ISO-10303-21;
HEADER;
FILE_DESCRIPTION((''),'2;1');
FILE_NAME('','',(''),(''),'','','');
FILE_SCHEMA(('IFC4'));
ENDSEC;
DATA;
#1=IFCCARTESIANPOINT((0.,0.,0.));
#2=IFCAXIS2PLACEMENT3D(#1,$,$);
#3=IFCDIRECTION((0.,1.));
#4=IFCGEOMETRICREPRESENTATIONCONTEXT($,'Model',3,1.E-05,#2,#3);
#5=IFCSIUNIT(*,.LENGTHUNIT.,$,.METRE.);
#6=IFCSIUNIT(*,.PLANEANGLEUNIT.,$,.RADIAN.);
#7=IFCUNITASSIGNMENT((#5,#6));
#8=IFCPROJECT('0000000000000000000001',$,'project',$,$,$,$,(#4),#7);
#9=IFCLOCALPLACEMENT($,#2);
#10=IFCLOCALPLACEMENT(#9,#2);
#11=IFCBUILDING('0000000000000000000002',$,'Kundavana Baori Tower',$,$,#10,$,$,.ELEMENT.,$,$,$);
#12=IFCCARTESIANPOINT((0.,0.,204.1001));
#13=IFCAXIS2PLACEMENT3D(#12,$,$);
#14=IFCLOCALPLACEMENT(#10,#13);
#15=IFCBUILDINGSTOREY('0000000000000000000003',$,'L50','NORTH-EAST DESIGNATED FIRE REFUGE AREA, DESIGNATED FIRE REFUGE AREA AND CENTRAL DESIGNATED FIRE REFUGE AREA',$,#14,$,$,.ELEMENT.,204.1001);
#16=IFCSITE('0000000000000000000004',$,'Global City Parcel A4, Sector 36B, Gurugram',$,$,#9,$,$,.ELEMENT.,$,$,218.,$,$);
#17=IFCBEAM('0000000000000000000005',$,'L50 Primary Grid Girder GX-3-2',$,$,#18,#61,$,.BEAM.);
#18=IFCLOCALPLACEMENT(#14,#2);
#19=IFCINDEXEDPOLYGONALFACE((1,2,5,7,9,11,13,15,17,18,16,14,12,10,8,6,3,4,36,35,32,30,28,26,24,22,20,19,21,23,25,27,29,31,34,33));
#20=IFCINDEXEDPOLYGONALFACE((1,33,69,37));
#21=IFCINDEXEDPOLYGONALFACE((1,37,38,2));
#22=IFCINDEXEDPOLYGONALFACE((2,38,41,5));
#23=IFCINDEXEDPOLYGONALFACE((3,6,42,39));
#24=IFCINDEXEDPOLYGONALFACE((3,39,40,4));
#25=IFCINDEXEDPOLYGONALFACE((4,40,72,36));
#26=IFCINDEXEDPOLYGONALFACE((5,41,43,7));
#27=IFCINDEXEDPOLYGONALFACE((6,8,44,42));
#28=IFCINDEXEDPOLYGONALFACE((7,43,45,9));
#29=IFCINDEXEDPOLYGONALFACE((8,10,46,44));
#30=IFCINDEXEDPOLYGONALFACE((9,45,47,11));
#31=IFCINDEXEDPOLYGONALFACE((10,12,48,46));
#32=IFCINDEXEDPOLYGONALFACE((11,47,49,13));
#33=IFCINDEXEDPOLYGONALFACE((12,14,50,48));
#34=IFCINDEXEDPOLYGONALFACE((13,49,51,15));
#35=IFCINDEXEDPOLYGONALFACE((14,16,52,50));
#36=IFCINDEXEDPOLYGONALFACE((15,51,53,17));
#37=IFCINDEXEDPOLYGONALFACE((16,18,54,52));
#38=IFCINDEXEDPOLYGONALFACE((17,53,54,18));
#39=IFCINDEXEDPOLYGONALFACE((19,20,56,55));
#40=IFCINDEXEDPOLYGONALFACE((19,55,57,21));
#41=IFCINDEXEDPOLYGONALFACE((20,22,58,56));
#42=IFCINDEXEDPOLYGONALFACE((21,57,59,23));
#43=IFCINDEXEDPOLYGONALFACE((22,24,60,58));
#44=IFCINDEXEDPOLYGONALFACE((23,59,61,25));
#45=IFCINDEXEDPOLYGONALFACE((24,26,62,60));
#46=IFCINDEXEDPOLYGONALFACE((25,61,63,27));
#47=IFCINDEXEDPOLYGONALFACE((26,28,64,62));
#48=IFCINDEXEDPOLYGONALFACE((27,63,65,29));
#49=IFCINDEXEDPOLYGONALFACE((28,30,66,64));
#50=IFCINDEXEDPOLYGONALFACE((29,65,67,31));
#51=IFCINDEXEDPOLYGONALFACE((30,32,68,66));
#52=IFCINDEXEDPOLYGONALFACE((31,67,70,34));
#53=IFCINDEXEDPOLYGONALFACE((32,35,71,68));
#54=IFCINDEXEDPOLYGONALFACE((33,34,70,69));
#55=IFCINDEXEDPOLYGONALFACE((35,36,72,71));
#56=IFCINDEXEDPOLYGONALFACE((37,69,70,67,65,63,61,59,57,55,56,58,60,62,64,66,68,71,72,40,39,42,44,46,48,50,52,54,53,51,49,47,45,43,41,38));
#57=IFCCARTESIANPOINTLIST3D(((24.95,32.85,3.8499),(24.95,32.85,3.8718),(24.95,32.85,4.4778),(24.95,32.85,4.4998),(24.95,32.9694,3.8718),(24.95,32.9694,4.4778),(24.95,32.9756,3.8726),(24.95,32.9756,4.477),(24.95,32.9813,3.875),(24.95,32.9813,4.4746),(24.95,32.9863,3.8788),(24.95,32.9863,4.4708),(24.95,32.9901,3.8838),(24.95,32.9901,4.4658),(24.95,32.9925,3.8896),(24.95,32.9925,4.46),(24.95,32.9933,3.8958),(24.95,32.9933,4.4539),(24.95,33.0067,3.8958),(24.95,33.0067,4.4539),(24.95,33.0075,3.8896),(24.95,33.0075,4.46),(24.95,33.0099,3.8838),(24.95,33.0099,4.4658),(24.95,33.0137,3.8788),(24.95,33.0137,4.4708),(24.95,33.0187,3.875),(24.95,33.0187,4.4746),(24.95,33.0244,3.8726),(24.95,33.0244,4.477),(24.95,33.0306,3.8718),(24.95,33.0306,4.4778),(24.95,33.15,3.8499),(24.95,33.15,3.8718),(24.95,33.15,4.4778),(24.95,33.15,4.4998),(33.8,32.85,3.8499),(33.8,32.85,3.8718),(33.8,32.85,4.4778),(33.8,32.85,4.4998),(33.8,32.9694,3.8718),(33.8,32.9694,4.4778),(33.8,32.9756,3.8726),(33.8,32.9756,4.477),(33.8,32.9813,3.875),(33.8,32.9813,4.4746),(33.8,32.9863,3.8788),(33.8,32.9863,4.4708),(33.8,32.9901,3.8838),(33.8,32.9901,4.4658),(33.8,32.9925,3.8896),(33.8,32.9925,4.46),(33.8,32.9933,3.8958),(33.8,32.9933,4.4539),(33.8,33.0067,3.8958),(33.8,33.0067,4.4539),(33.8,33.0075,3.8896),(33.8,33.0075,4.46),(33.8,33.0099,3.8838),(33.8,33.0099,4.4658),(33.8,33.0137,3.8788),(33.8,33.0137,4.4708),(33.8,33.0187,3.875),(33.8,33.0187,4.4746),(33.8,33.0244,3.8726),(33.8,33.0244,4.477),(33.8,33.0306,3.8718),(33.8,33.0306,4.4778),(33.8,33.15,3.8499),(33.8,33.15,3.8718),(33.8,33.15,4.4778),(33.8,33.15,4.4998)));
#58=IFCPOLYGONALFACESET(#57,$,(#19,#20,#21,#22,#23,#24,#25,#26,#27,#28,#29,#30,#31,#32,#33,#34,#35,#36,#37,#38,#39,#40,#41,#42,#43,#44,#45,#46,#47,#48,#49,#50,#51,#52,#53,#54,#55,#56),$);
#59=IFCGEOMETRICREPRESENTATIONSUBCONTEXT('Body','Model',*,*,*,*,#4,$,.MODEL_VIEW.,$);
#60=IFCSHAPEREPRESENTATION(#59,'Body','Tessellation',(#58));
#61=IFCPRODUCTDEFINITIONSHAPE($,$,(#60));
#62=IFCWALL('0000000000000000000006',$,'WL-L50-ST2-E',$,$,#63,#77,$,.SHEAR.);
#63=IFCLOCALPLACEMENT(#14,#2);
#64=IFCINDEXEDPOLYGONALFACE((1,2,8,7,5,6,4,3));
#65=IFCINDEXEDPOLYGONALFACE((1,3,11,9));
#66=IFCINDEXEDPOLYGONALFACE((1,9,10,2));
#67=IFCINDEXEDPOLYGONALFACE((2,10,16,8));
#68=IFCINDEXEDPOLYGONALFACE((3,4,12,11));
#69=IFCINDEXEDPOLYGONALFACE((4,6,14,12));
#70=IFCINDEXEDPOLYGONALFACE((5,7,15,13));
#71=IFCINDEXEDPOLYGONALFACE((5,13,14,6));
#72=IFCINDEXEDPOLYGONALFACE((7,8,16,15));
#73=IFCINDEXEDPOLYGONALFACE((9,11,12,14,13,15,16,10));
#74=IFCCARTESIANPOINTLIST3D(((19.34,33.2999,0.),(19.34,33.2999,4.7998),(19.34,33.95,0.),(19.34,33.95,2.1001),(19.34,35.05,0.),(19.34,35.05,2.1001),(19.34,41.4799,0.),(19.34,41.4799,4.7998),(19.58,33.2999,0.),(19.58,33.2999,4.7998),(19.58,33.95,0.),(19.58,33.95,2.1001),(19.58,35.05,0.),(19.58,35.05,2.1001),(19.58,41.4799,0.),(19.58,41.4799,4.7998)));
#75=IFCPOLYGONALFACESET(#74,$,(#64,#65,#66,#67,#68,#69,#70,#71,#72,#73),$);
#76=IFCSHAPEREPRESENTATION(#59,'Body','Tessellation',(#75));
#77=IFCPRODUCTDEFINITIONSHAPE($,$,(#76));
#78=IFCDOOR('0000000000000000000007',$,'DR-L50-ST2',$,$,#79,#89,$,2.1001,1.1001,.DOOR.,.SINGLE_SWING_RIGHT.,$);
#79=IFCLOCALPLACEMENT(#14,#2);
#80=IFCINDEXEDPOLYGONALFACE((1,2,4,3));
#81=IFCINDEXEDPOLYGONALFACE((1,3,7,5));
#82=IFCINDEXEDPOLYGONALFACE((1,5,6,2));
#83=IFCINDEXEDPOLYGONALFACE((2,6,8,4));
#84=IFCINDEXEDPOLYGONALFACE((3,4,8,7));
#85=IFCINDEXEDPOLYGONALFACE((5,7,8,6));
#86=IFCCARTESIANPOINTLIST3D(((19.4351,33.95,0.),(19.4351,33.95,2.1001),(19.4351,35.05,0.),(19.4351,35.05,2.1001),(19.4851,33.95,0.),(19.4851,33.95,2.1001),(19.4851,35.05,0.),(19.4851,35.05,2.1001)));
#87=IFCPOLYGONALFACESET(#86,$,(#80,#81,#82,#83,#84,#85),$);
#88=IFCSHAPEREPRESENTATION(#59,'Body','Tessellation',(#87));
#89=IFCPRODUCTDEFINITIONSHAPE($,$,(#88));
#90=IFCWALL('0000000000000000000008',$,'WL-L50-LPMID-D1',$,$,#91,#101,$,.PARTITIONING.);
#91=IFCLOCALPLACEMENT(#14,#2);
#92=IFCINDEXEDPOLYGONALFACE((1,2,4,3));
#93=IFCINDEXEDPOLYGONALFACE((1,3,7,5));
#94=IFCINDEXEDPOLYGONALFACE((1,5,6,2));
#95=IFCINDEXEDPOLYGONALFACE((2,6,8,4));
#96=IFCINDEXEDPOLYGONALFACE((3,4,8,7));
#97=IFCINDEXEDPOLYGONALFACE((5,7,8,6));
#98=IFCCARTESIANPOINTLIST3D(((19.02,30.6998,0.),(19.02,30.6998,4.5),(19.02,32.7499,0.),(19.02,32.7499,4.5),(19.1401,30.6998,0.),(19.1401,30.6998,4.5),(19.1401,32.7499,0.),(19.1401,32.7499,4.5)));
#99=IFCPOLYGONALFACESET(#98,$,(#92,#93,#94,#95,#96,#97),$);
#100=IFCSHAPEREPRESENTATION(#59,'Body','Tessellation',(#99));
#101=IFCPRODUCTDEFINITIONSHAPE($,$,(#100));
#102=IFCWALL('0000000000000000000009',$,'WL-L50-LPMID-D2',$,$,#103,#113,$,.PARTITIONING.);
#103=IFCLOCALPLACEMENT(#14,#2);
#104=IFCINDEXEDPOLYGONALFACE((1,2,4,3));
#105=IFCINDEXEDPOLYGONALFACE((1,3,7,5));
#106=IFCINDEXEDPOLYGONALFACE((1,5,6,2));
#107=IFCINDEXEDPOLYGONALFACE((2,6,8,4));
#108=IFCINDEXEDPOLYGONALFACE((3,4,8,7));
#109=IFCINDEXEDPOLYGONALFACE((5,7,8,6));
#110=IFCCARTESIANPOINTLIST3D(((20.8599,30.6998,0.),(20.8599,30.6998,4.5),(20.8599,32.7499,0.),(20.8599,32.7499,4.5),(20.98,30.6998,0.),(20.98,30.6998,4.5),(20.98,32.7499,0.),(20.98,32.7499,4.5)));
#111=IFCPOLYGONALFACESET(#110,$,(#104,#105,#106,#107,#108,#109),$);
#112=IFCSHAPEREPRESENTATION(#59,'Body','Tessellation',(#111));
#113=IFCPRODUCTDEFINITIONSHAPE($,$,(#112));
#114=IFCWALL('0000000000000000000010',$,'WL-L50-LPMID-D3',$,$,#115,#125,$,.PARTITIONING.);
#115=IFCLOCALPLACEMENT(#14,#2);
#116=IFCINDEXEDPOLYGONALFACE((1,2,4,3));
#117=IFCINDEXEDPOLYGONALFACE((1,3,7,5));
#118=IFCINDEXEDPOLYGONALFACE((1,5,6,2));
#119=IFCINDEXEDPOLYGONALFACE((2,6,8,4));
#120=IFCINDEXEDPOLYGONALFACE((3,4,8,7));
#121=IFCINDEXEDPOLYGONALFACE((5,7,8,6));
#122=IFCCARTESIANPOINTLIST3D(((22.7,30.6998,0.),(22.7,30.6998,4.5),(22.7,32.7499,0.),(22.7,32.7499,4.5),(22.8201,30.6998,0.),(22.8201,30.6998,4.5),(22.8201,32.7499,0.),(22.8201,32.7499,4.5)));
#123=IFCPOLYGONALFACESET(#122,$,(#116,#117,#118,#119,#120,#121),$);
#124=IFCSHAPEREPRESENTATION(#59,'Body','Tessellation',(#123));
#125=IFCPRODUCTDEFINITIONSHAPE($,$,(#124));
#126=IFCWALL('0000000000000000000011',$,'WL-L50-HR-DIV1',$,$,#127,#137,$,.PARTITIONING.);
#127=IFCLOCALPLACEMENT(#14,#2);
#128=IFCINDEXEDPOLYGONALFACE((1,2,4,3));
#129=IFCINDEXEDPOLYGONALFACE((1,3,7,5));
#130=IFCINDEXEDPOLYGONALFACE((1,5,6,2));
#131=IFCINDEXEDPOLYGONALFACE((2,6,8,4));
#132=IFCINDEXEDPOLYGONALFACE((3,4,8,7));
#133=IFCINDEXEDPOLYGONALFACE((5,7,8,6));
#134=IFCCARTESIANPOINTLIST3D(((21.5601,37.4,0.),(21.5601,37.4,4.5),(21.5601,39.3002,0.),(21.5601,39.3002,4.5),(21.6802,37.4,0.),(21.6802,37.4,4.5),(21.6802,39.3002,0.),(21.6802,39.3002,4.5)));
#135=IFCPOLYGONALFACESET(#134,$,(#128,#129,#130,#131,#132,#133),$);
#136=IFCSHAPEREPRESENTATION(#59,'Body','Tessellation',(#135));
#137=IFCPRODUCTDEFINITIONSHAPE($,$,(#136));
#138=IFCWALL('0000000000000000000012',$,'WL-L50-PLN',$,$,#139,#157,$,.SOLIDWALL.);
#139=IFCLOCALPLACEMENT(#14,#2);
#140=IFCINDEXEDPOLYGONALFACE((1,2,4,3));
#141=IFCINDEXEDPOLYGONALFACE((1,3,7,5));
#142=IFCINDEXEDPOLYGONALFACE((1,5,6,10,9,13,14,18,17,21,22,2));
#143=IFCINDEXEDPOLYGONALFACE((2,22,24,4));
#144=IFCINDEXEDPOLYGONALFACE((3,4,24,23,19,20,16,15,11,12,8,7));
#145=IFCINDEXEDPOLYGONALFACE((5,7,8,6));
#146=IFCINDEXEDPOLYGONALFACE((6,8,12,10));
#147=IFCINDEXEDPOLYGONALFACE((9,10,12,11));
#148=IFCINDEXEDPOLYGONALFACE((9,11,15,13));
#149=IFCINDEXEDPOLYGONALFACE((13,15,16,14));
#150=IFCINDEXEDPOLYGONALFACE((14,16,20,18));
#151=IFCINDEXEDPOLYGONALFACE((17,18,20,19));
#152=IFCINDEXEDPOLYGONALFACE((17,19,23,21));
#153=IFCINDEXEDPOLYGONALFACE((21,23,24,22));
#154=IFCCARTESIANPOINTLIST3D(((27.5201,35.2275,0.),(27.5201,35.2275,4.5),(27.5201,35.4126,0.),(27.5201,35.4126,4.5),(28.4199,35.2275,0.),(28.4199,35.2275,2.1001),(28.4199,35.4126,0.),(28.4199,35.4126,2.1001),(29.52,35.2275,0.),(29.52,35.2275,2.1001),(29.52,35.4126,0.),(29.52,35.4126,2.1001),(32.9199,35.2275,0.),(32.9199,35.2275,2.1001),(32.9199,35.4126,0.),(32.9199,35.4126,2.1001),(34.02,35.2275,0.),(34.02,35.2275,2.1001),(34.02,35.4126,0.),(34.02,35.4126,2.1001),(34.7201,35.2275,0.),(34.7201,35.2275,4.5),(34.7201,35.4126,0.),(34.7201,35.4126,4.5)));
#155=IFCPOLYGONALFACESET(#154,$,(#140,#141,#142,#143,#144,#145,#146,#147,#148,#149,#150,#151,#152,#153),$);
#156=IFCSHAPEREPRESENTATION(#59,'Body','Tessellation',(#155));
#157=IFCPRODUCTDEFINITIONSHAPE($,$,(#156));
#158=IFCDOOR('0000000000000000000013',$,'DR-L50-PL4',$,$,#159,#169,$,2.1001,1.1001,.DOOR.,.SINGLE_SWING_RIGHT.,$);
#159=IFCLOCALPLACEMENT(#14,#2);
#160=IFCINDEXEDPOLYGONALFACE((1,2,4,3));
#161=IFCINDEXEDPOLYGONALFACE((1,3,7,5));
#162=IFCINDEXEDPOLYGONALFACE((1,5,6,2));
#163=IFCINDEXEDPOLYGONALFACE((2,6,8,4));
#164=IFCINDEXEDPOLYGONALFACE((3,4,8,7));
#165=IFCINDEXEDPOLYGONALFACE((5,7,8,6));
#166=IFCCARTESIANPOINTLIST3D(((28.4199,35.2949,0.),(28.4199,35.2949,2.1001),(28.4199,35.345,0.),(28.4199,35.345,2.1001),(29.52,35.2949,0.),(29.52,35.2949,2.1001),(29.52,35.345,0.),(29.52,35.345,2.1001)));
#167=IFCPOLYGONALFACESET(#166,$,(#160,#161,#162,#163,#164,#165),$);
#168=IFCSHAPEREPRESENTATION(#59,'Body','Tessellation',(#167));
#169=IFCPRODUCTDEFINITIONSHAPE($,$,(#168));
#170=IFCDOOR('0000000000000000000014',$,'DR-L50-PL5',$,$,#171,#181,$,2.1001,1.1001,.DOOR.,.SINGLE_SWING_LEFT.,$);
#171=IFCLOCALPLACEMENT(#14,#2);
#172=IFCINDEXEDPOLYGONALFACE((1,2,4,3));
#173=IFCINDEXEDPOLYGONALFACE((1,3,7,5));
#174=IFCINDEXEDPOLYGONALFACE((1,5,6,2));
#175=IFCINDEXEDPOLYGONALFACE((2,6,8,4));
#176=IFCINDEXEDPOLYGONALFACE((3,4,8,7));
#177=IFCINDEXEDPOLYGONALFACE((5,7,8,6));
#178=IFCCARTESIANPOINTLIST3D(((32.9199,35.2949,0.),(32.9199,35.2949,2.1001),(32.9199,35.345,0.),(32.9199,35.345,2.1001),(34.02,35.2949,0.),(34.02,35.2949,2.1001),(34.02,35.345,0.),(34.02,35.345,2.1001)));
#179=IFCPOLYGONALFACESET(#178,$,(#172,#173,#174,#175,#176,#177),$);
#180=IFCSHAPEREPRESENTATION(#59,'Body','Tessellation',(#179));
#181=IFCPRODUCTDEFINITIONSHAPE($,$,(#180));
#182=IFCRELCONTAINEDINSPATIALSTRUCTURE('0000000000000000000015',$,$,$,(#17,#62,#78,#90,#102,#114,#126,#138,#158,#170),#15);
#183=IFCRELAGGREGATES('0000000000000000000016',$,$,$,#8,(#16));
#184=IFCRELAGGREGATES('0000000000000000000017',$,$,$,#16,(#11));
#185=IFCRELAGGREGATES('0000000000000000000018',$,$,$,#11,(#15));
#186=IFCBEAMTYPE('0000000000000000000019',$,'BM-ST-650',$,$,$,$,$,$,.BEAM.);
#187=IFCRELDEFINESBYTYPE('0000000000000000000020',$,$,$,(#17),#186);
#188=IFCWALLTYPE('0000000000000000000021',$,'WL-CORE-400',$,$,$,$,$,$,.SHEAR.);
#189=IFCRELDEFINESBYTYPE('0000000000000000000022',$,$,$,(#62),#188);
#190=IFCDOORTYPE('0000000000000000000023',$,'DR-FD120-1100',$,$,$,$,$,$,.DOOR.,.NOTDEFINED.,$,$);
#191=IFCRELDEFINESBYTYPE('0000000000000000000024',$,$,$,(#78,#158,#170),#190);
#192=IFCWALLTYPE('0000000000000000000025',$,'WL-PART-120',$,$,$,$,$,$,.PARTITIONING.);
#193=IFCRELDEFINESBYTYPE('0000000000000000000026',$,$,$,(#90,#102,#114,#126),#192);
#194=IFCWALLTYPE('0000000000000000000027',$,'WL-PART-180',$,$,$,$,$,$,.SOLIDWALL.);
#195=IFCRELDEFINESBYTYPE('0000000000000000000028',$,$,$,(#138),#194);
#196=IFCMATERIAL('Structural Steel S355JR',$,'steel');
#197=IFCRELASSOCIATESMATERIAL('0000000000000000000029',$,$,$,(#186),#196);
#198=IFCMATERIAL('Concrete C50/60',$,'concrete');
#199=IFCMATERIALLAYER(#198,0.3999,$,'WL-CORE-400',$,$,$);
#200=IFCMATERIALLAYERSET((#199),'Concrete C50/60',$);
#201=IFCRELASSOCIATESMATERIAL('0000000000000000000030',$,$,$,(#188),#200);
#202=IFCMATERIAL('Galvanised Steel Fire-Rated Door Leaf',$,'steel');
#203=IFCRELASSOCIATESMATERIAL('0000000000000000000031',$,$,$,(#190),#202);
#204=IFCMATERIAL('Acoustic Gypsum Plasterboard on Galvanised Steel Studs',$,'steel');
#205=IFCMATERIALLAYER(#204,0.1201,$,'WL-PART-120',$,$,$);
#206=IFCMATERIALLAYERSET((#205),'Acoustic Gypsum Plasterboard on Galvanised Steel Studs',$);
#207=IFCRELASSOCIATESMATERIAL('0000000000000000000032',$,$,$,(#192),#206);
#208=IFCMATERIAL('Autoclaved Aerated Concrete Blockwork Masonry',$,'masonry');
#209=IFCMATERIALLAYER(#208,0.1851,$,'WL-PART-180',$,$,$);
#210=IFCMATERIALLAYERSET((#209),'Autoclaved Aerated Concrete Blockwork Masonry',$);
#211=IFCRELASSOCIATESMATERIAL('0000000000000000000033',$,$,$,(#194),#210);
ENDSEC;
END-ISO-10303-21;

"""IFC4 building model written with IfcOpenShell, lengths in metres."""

from ifc_helpers import new_model, si_unit, direction, frame, frame_2d, origin, origin_2d, place, context, subcontext, project, spatial, rectangle, i_section, extrude, material, layer, layer_set, material_profile, profile_set, type_object, element, fill, save


model = new_model("IFC4")

# Units and contexts
model_context = context("Model", 3, precision=1e-05, world=origin(), true_north=direction((0.0, 1.0)))
body_context = subcontext(model_context, "Body", "Model", "MODEL_VIEW")
ifc_project = project(units=[si_unit("LENGTHUNIT", "METRE"), si_unit("PLANEANGLEUNIT", "RADIAN")], contexts=[model_context])

# Site, building, storey
site_placement = place(None, origin())
site = spatial("IfcSite", under=ifc_project, at=site_placement, Name="Global City Parcel A4, Sector 36B, Gurugram", CompositionType="ELEMENT", RefElevation=218.0)
building_placement = place(site_placement, origin())
building = spatial("IfcBuilding", under=site, at=building_placement, Name="Kundavana Baori Tower", CompositionType="ELEMENT")
storey_placement = place(building_placement, frame((0.0, 0.0, 204.1001)))
storey = spatial("IfcBuildingStorey", under=building, at=storey_placement, Name="L50", Description="NORTH-EAST DESIGNATED FIRE REFUGE AREA, DESIGNATED FIRE REFUGE AREA AND CENTRAL DESIGNATED FIRE REFUGE AREA", CompositionType="ELEMENT", Elevation=204.1001)

# Beam
ifc_material_1 = material(Name="Structural Steel S355JR", Category="steel")
ifc_material_profile_1 = material_profile(ifc_material_1, i_section(OverallWidth=0.3, OverallDepth=0.6499, WebThickness=0.0134, FlangeThickness=0.022, FilletRadius=0.0239, at=origin_2d()), Name="NPB 650x300x155")
ifc_profile_set_1 = profile_set([ifc_material_profile_1], Name="Structural Steel S355JR")
beam_type_1 = type_object("IfcBeamType", Name="BM-ST-650", PredefinedType="BEAM", material=ifc_profile_set_1)
beam_1_placement = place(storey_placement, frame((24.95, 33.0, 4.1748), z_axis=(1.0, 0.0, 0.0), x_axis=(0.0, 1.0, 0.0)))
element("IfcBeam", 1, at=beam_1_placement, inside=storey, type_object=beam_type_1, Name="L50 Primary Grid Girder GX-3-2", PredefinedType="BEAM", context=body_context, shape_type="SweptSolid", body=[
    extrude(i_section(OverallWidth=0.3, OverallDepth=0.6499, WebThickness=0.0134, FlangeThickness=0.022, FilletRadius=0.0239, at=origin_2d()), origin(), (0.0, 0.0, 1.0), 8.8501),
])

# Wall, opening, door
ifc_material_2 = material(Name="Concrete C50/60", Category="concrete")
ifc_layer_1 = layer(ifc_material_2, 0.3999, Name="WL-CORE-400")
ifc_layer_set_1 = layer_set([ifc_layer_1], Name="Concrete C50/60")
wall_type_1 = type_object("IfcWallType", Name="WL-CORE-400", PredefinedType="SHEAR", material=ifc_layer_set_1)
wall_1_placement = place(storey_placement, frame((19.46, 33.3, 0.0), z_axis=(0.0, 0.0, 1.0), x_axis=(0.0, 1.0, 0.0)))
wall_1 = element("IfcWall", 2, at=wall_1_placement, inside=storey, type_object=wall_type_1, Name="WL-L50-ST2-E", PredefinedType="SHEAR", context=body_context, shape_type="SweptSolid", body=[
    extrude(rectangle(XDim=8.1799, YDim=0.24, at=frame_2d((4.0898, 0.0))), origin(), (0.0, 0.0, 1.0), 4.7998),
])
opening_1_placement = place(wall_1_placement, frame((0.6499, 0.0, 0.0)))
opening_1 = element("IfcOpeningElement", 3, at=opening_1_placement, cuts=wall_1, PredefinedType="OPENING", context=body_context, shape_type="SweptSolid", body=[
    extrude(rectangle(XDim=1.1001, YDim=2.1001, at=frame_2d((0.55, 1.05))), frame((0.0, 0.1299, 0.0), z_axis=(0.0, -1.0, 0.0), x_axis=(1.0, 0.0, 0.0)), (0.0, 0.0, 1.0), 0.26),
])
ifc_material_3 = material(Name="Galvanised Steel Fire-Rated Door Leaf", Category="steel")
door_type_1 = type_object("IfcDoorType", Name="DR-FD120-1100", OperationType="NOTDEFINED", PredefinedType="DOOR", material=ifc_material_3)
door_1_placement = place(opening_1_placement, origin())
door_1 = element("IfcDoor", 4, at=door_1_placement, inside=storey, type_object=door_type_1, Name="DR-L50-ST2", OperationType="SINGLE_SWING_RIGHT", OverallHeight=2.1001, OverallWidth=1.1001, PredefinedType="DOOR", context=body_context, shape_type="SweptSolid", body=[
    extrude(rectangle(XDim=1.1001, YDim=2.1001, at=frame_2d((0.55, 1.05))), frame((0.0, 0.0249, 0.0), z_axis=(0.0, -1.0, 0.0), x_axis=(1.0, 0.0, 0.0)), (0.0, 0.0, 1.0), 0.05),
])
fill(opening_1, door_1)

# Walls
ifc_material_4 = material(Name="Acoustic Gypsum Plasterboard on Galvanised Steel Studs", Category="steel")
ifc_layer_2 = layer(ifc_material_4, 0.1201, Name="WL-PART-120")
ifc_layer_set_2 = layer_set([ifc_layer_2], Name="Acoustic Gypsum Plasterboard on Galvanised Steel Studs")
wall_type_2 = type_object("IfcWallType", Name="WL-PART-120", PredefinedType="PARTITIONING", material=ifc_layer_set_2)
for number, where, z_axis, x_axis, name in (
    (5, (19.0801, 30.7, 0.0), (0.0, 0.0, 1.0), (0.0, 1.0, 0.0), "WL-L50-LPMID-D1"),
    (6, (20.9199, 30.7, 0.0), (0.0, 0.0, 1.0), (0.0, 1.0, 0.0), "WL-L50-LPMID-D2"),
    (7, (22.76, 30.7, 0.0), (0.0, 0.0, 1.0), (0.0, 1.0, 0.0), "WL-L50-LPMID-D3"),
):
    element("IfcWall", number, at=place(storey_placement, frame(where, z_axis=z_axis, x_axis=x_axis)), inside=storey, type_object=wall_type_2, Name=name, PredefinedType="PARTITIONING", context=body_context, shape_type="SweptSolid", body=[
        extrude(rectangle(XDim=2.05, YDim=0.1201, at=frame_2d((1.0249, 0.0))), origin(), (0.0, 0.0, 1.0), 4.5),
    ])
wall_2_placement = place(storey_placement, frame((21.6201, 37.3999, 0.0), z_axis=(0.0, 0.0, 1.0), x_axis=(0.0, 1.0, 0.0)))
element("IfcWall", 8, at=wall_2_placement, inside=storey, type_object=wall_type_2, Name="WL-L50-HR-DIV1", PredefinedType="PARTITIONING", context=body_context, shape_type="SweptSolid", body=[
    extrude(rectangle(XDim=1.9001, YDim=0.1201, at=frame_2d((0.9502, 0.0))), origin(), (0.0, 0.0, 1.0), 4.5),
])

# Wall, openings, doors
ifc_material_5 = material(Name="Autoclaved Aerated Concrete Blockwork Masonry", Category="masonry")
ifc_layer_3 = layer(ifc_material_5, 0.1851, Name="WL-PART-180")
ifc_layer_set_3 = layer_set([ifc_layer_3], Name="Autoclaved Aerated Concrete Blockwork Masonry")
wall_type_3 = type_object("IfcWallType", Name="WL-PART-180", PredefinedType="SOLIDWALL", material=ifc_layer_set_3)
wall_3_placement = place(storey_placement, frame((27.52, 35.3201, 0.0), z_axis=(0.0, 0.0, 1.0), x_axis=(1.0, 0.0, 0.0)))
wall_3 = element("IfcWall", 9, at=wall_3_placement, inside=storey, type_object=wall_type_3, Name="WL-L50-PLN", PredefinedType="SOLIDWALL", context=body_context, shape_type="SweptSolid", body=[
    extrude(rectangle(XDim=7.2, YDim=0.1851, at=frame_2d((3.6001, 0.0))), origin(), (0.0, 0.0, 1.0), 4.5),
])
opening_2_placement = place(wall_3_placement, frame((0.8999, 0.0, 0.0)))
opening_2 = element("IfcOpeningElement", 10, at=opening_2_placement, cuts=wall_3, PredefinedType="OPENING", context=body_context, shape_type="SweptSolid", body=[
    extrude(rectangle(XDim=1.1001, YDim=2.1001, at=frame_2d((0.55, 1.05))), frame((0.0, 0.1025, 0.0), z_axis=(0.0, -1.0, 0.0), x_axis=(1.0, 0.0, 0.0)), (0.0, 0.0, 1.0), 0.2051),
])
opening_3_placement = place(wall_3_placement, frame((5.3999, 0.0, 0.0)))
opening_3 = element("IfcOpeningElement", 11, at=opening_3_placement, cuts=wall_3, PredefinedType="OPENING", context=body_context, shape_type="SweptSolid", body=[
    extrude(rectangle(XDim=1.1001, YDim=2.1001, at=frame_2d((0.55, 1.05))), frame((0.0, 0.1025, 0.0), z_axis=(0.0, -1.0, 0.0), x_axis=(1.0, 0.0, 0.0)), (0.0, 0.0, 1.0), 0.2051),
])
door_2_placement = place(opening_2_placement, origin())
door_2 = element("IfcDoor", 12, at=door_2_placement, inside=storey, type_object=door_type_1, Name="DR-L50-PL4", OperationType="SINGLE_SWING_RIGHT", OverallHeight=2.1001, OverallWidth=1.1001, PredefinedType="DOOR", context=body_context, shape_type="SweptSolid", body=[
    extrude(rectangle(XDim=1.1001, YDim=2.1001, at=frame_2d((0.55, 1.05))), frame((0.0, 0.0249, 0.0), z_axis=(0.0, -1.0, 0.0), x_axis=(1.0, 0.0, 0.0)), (0.0, 0.0, 1.0), 0.05),
])
fill(opening_2, door_2)
door_3_placement = place(opening_3_placement, origin())
door_3 = element("IfcDoor", 13, at=door_3_placement, inside=storey, type_object=door_type_1, Name="DR-L50-PL5", OperationType="SINGLE_SWING_LEFT", OverallHeight=2.1001, OverallWidth=1.1001, PredefinedType="DOOR", context=body_context, shape_type="SweptSolid", body=[
    extrude(rectangle(XDim=1.1001, YDim=2.1001, at=frame_2d((0.55, 1.05))), frame((0.0, 0.0249, 0.0), z_axis=(0.0, -1.0, 0.0), x_axis=(1.0, 0.0, 0.0)), (0.0, 0.0, 1.0), 0.05),
])
fill(opening_3, door_3)

save(model, "model.ifc")
